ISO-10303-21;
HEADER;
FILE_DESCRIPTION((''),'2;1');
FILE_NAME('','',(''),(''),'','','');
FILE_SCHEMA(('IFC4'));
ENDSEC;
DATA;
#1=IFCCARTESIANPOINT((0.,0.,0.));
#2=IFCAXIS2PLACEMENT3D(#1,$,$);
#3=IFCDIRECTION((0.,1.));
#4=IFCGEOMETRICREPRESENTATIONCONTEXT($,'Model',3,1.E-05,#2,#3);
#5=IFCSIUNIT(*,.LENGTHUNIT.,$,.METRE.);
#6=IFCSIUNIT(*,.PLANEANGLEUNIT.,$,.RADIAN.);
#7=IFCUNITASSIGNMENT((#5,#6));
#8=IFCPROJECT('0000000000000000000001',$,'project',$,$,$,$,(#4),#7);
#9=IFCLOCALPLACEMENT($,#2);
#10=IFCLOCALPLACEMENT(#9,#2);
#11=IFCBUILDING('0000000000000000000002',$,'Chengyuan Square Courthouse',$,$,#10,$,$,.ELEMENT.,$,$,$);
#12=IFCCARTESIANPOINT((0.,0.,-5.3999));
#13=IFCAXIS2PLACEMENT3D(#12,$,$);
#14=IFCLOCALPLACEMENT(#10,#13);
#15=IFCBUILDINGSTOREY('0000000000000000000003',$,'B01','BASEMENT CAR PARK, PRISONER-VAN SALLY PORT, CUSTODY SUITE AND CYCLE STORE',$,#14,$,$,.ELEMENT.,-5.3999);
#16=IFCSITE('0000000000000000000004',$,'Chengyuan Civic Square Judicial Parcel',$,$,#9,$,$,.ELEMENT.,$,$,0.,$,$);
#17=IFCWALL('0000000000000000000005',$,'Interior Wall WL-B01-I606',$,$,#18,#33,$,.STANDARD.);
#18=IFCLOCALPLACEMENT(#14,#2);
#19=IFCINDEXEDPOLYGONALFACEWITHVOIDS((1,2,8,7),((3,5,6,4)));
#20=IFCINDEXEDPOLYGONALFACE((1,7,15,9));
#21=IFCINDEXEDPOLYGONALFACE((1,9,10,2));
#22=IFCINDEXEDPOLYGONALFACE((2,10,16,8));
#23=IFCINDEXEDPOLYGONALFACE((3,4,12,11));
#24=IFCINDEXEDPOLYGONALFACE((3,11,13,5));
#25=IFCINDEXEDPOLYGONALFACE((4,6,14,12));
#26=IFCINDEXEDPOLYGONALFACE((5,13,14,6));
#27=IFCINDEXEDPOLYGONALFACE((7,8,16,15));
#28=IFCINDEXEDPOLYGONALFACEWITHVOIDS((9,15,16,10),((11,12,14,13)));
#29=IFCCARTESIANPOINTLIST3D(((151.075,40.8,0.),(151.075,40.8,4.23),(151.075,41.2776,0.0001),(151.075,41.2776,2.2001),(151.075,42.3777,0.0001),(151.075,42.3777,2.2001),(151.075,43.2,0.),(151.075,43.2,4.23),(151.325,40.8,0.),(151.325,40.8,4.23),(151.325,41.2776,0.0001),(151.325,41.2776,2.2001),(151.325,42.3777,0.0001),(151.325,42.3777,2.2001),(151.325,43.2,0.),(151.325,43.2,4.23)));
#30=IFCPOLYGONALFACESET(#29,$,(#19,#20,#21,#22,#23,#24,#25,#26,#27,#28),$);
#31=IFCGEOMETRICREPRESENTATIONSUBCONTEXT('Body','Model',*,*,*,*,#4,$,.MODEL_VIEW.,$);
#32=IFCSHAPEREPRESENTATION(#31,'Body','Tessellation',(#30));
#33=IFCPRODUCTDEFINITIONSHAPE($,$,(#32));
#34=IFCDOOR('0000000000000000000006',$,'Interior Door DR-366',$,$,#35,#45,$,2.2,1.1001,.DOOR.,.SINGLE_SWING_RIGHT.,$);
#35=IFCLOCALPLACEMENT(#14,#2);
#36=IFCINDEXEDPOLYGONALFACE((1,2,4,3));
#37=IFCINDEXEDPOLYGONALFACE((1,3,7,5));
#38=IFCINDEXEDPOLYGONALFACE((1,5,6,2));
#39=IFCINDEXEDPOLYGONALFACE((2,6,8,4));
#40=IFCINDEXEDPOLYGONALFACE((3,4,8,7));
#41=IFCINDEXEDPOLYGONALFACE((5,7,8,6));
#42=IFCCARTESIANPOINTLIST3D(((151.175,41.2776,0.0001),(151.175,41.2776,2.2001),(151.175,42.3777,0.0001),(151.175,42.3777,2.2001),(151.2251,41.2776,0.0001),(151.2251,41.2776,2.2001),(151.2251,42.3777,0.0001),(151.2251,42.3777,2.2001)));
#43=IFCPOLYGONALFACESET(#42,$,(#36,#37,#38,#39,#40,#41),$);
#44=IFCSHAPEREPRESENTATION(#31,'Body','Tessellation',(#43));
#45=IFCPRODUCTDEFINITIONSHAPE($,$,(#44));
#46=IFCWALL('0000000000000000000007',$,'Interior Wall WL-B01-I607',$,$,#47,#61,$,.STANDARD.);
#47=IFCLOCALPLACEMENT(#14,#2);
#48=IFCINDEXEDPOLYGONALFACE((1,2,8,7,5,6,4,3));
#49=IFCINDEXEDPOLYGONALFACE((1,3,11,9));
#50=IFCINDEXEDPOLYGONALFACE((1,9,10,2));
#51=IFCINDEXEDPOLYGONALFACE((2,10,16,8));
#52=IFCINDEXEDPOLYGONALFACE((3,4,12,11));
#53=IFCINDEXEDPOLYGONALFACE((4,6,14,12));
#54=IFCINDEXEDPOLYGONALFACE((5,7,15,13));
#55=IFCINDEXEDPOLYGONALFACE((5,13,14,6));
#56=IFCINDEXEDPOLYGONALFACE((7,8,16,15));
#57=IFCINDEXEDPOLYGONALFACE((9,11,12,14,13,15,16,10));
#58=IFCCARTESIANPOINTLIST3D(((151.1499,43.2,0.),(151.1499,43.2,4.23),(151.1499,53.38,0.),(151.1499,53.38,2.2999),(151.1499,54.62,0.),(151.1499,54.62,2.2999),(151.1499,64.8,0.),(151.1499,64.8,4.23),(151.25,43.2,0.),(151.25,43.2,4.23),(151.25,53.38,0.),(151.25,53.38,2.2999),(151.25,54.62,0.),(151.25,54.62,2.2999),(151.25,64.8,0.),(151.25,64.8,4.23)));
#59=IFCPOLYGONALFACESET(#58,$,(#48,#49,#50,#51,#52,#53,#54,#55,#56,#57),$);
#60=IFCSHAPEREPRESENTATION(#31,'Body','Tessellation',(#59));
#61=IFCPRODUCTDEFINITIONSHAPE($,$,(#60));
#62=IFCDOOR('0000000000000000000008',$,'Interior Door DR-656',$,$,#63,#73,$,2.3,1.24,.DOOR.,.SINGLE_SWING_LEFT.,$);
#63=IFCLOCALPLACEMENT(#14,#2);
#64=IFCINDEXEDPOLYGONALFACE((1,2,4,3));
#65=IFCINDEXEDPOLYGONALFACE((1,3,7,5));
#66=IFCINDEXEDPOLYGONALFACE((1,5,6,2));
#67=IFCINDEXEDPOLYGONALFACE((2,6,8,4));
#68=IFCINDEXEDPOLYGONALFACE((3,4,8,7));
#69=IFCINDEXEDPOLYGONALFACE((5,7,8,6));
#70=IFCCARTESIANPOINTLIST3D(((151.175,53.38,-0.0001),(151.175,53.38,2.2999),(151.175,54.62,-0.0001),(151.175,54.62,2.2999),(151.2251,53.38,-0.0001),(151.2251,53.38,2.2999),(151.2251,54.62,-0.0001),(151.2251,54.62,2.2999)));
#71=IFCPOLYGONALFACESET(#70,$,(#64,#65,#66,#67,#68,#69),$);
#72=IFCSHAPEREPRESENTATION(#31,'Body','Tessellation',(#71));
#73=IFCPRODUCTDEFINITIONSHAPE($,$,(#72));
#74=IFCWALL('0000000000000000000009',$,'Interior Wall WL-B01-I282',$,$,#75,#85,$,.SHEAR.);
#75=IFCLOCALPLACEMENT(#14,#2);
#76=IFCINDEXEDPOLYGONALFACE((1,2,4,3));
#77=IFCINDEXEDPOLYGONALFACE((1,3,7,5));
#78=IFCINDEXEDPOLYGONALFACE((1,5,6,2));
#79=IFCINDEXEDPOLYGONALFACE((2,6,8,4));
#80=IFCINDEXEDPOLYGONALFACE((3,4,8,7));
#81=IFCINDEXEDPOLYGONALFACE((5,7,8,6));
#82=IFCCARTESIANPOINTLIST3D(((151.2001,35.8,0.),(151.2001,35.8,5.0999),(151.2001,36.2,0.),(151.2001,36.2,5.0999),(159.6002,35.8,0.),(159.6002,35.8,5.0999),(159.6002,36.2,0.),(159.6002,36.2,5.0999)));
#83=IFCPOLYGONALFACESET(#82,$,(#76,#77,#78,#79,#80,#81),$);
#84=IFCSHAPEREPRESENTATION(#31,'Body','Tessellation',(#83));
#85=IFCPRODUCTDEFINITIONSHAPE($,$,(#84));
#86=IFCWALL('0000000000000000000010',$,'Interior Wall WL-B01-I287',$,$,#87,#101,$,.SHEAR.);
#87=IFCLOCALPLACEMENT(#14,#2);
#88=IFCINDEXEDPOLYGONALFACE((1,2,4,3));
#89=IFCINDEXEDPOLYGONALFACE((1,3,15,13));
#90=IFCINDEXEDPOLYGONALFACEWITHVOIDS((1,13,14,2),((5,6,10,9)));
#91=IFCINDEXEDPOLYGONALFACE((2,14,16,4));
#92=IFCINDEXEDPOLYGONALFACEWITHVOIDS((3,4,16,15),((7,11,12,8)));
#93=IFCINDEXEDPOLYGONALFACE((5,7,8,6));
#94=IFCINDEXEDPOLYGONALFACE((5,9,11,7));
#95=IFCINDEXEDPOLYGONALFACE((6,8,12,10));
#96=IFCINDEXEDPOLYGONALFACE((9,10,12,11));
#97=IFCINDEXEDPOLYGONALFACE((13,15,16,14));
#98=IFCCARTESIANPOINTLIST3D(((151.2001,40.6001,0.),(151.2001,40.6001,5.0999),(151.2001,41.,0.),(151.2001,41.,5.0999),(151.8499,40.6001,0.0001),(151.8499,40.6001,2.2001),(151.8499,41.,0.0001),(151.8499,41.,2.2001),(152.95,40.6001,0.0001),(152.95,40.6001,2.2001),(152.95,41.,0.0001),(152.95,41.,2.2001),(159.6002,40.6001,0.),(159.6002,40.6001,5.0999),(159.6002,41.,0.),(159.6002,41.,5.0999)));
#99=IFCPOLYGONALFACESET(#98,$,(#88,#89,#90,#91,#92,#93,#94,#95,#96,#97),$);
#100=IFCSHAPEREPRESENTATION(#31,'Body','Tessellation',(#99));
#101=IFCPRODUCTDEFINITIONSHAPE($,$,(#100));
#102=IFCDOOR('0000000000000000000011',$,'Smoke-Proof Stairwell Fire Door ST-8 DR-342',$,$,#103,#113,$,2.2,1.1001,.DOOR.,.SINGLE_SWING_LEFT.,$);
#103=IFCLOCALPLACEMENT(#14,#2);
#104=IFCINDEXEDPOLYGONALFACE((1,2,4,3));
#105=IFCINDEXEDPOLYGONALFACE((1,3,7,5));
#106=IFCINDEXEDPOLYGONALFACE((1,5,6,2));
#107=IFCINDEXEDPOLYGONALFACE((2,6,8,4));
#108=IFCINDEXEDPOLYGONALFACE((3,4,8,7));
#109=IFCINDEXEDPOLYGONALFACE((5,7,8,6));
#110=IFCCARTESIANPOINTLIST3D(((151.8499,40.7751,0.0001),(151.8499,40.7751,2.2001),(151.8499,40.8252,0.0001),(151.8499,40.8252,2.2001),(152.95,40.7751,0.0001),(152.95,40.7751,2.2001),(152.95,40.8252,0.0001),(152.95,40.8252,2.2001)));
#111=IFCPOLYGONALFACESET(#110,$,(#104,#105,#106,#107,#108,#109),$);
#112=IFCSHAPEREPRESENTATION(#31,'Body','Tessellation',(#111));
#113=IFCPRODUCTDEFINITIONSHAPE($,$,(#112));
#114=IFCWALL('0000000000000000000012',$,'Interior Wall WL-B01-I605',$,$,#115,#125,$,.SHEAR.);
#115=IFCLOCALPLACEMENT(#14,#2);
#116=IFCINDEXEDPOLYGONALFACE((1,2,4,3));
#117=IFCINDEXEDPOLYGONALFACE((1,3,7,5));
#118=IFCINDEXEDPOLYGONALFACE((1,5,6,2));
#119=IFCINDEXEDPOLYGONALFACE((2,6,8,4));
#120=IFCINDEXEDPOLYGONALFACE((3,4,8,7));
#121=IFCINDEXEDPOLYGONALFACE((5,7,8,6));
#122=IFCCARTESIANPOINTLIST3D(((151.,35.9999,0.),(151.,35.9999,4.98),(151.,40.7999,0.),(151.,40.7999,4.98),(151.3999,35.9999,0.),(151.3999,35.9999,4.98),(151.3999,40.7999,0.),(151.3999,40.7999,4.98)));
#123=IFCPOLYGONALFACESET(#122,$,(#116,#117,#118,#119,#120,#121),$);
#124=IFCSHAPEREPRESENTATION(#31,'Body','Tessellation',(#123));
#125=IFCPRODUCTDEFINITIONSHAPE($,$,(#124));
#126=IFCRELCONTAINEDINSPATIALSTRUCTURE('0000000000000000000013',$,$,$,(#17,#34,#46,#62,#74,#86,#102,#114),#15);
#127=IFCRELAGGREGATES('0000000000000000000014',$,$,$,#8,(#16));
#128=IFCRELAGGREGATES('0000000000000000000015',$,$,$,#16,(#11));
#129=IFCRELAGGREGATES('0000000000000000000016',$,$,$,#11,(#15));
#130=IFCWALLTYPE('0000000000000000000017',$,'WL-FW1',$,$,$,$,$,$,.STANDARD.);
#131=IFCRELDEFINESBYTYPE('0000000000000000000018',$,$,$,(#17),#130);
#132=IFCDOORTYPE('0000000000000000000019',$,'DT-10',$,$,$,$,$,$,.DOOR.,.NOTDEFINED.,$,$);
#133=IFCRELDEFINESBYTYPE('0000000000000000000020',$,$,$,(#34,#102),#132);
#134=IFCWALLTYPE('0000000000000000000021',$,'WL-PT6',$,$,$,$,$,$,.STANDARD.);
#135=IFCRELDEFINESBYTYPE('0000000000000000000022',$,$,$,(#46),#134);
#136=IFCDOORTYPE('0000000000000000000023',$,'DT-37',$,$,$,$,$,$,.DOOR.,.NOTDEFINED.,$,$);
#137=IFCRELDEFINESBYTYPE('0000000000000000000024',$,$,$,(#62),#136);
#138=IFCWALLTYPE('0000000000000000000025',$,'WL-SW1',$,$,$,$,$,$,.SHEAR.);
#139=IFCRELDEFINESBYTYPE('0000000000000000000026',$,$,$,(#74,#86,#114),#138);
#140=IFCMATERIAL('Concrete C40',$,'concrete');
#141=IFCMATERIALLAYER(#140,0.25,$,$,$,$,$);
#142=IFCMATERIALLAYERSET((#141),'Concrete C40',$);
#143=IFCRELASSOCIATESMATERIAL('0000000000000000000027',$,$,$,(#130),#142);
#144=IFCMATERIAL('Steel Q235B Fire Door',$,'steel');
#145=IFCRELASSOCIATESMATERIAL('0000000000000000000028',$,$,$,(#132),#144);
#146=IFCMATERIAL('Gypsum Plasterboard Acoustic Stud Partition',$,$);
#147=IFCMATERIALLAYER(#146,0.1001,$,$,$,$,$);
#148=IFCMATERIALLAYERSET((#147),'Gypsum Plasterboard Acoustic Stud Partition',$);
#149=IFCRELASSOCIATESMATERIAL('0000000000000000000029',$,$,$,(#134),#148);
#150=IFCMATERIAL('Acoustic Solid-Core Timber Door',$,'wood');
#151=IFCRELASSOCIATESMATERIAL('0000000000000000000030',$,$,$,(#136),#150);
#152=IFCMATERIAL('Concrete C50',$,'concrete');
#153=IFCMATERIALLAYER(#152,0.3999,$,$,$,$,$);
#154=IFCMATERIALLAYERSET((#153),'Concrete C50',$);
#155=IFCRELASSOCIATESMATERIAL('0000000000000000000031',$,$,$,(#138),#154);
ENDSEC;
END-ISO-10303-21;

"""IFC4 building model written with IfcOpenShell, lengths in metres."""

from ifc_helpers import new_model, si_unit, direction, frame, frame_2d, origin, place, context, subcontext, project, spatial, rectangle, extrude, material, layer, layer_set, type_object, element, fill, save


model = new_model("IFC4")

# Units and contexts
model_context = context("Model", 3, precision=1e-05, world=origin(), true_north=direction((0.0, 1.0)))
body_context = subcontext(model_context, "Body", "Model", "MODEL_VIEW")
ifc_project = project(units=[si_unit("LENGTHUNIT", "METRE"), si_unit("PLANEANGLEUNIT", "RADIAN")], contexts=[model_context])

# Site, building, storey
site_placement = place(None, origin())
site = spatial("IfcSite", under=ifc_project, at=site_placement, Name="Chengyuan Civic Square Judicial Parcel", CompositionType="ELEMENT", RefElevation=0.0)
building_placement = place(site_placement, origin())
building = spatial("IfcBuilding", under=site, at=building_placement, Name="Chengyuan Square Courthouse", CompositionType="ELEMENT")
storey_placement = place(building_placement, frame((0.0, 0.0, -5.3999)))
storey = spatial("IfcBuildingStorey", under=building, at=storey_placement, Name="B01", Description="BASEMENT CAR PARK, PRISONER-VAN SALLY PORT, CUSTODY SUITE AND CYCLE STORE", CompositionType="ELEMENT", Elevation=-5.3999)

# Shared definitions
ifc_material_1 = material(Name="Concrete C50", Category="concrete")

# Shared definitions
ifc_material_2 = material(Name="Concrete C40", Category="concrete")

# Walls, openings, doors
ifc_layer_1 = layer(ifc_material_2, 0.25)
ifc_layer_set_1 = layer_set([ifc_layer_1], Name="Concrete C40")
wall_type_1 = type_object("IfcWallType", Name="WL-FW1", PredefinedType="STANDARD", material=ifc_layer_set_1)
wall_1_placement = place(storey_placement, frame((151.2, 40.8, 0.0), z_axis=(0.0, 0.0, 1.0), x_axis=(0.0, 1.0, 0.0)))
wall_1 = element("IfcWall", 1, at=wall_1_placement, inside=storey, type_object=wall_type_1, Name="Interior Wall WL-B01-I606", PredefinedType="STANDARD", context=body_context, shape_type="SweptSolid", body=[
    extrude(rectangle(XDim=2.3999, YDim=0.25, at=frame_2d((1.2, 0.0))), origin(), (0.0, 0.0, 1.0), 4.23),
])
opening_1_placement = place(wall_1_placement, frame((0.4775, 0.0, 0.0)))
opening_1 = element("IfcOpeningElement", 2, at=opening_1_placement, cuts=wall_1, PredefinedType="OPENING", context=body_context, shape_type="SweptSolid", body=[
    extrude(rectangle(XDim=1.1001, YDim=2.2, at=frame_2d((0.55, 1.1001))), frame((0.0, 0.137, 0.0), z_axis=(0.0, -1.0, 0.0), x_axis=(1.0, 0.0, 0.0)), (0.0, 0.0, 1.0), 0.2739),
])
ifc_material_3 = material(Name="Steel Q235B Fire Door", Category="steel")
door_type_1 = type_object("IfcDoorType", Name="DT-10", OperationType="NOTDEFINED", PredefinedType="DOOR", material=ifc_material_3)
door_1_placement = place(opening_1_placement, origin())
door_1 = element("IfcDoor", 3, at=door_1_placement, inside=storey, type_object=door_type_1, Name="Interior Door DR-366", OperationType="SINGLE_SWING_RIGHT", OverallHeight=2.2, OverallWidth=1.1001, PredefinedType="DOOR", context=body_context, shape_type="SweptSolid", body=[
    extrude(rectangle(XDim=1.1001, YDim=2.2, at=frame_2d((0.55, 1.1001))), frame((0.0, 0.0249, 0.0), z_axis=(0.0, -1.0, 0.0), x_axis=(1.0, 0.0, 0.0)), (0.0, 0.0, 1.0), 0.05),
])
fill(opening_1, door_1)
ifc_material_4 = material(Name="Gypsum Plasterboard Acoustic Stud Partition")
ifc_layer_2 = layer(ifc_material_4, 0.1001)
ifc_layer_set_2 = layer_set([ifc_layer_2], Name="Gypsum Plasterboard Acoustic Stud Partition")
wall_type_2 = type_object("IfcWallType", Name="WL-PT6", PredefinedType="STANDARD", material=ifc_layer_set_2)
wall_2_placement = place(storey_placement, frame((151.2, 43.2, 0.0), z_axis=(0.0, 0.0, 1.0), x_axis=(0.0, 1.0, 0.0)))
wall_2 = element("IfcWall", 4, at=wall_2_placement, inside=storey, type_object=wall_type_2, Name="Interior Wall WL-B01-I607", PredefinedType="STANDARD", context=body_context, shape_type="SweptSolid", body=[
    extrude(rectangle(XDim=21.6001, YDim=0.1001, at=frame_2d((10.8, 0.0))), origin(), (0.0, 0.0, 1.0), 4.23),
])
opening_2_placement = place(wall_2_placement, frame((10.1799, 0.0, 0.0)))
opening_2 = element("IfcOpeningElement", 5, at=opening_2_placement, cuts=wall_2, PredefinedType="OPENING", context=body_context, shape_type="SweptSolid", body=[
    extrude(rectangle(XDim=1.24, YDim=2.3, at=frame_2d((0.6201, 1.1499))), frame((0.0, 0.062, 0.0), z_axis=(0.0, -1.0, 0.0), x_axis=(1.0, 0.0, 0.0)), (0.0, 0.0, 1.0), 0.124),
])
ifc_material_5 = material(Name="Acoustic Solid-Core Timber Door", Category="wood")
door_type_2 = type_object("IfcDoorType", Name="DT-37", OperationType="NOTDEFINED", PredefinedType="DOOR", material=ifc_material_5)
door_2_placement = place(opening_2_placement, origin())
door_2 = element("IfcDoor", 6, at=door_2_placement, inside=storey, type_object=door_type_2, Name="Interior Door DR-656", OperationType="SINGLE_SWING_LEFT", OverallHeight=2.3, OverallWidth=1.24, PredefinedType="DOOR", context=body_context, shape_type="SweptSolid", body=[
    extrude(rectangle(XDim=1.24, YDim=2.3, at=frame_2d((0.6201, 1.1499))), frame((0.0, 0.0249, 0.0), z_axis=(0.0, -1.0, 0.0), x_axis=(1.0, 0.0, 0.0)), (0.0, 0.0, 1.0), 0.05),
])
fill(opening_2, door_2)

# Wall
ifc_layer_3 = layer(ifc_material_1, 0.3999)
ifc_layer_set_3 = layer_set([ifc_layer_3], Name="Concrete C50")
wall_type_3 = type_object("IfcWallType", Name="WL-SW1", PredefinedType="SHEAR", material=ifc_layer_set_3)
wall_3_placement = place(storey_placement, frame((151.2, 36.0, 0.0), z_axis=(0.0, 0.0, 1.0), x_axis=(1.0, 0.0, 0.0)))
element("IfcWall", 7, at=wall_3_placement, inside=storey, type_object=wall_type_3, Name="Interior Wall WL-B01-I282", PredefinedType="SHEAR", context=body_context, shape_type="SweptSolid", body=[
    extrude(rectangle(XDim=8.4001, YDim=0.3999, at=frame_2d((4.2002, 0.0))), origin(), (0.0, 0.0, 1.0), 5.0999),
])

# Wall, opening, door
wall_4_placement = place(storey_placement, frame((151.2, 40.8, 0.0), z_axis=(0.0, 0.0, 1.0), x_axis=(1.0, 0.0, 0.0)))
wall_4 = element("IfcWall", 8, at=wall_4_placement, inside=storey, type_object=wall_type_3, Name="Interior Wall WL-B01-I287", PredefinedType="SHEAR", context=body_context, shape_type="SweptSolid", body=[
    extrude(rectangle(XDim=8.4001, YDim=0.3999, at=frame_2d((4.2002, 0.0))), origin(), (0.0, 0.0, 1.0), 5.0999),
])
opening_3_placement = place(wall_4_placement, frame((0.6499, 0.0, 0.0)))
opening_3 = element("IfcOpeningElement", 9, at=opening_3_placement, cuts=wall_4, PredefinedType="OPENING", context=body_context, shape_type="SweptSolid", body=[
    extrude(rectangle(XDim=1.1001, YDim=2.2, at=frame_2d((0.55, 1.1001))), frame((0.0, 0.2119, 0.0), z_axis=(0.0, -1.0, 0.0), x_axis=(1.0, 0.0, 0.0)), (0.0, 0.0, 1.0), 0.4238),
])
door_3_placement = place(opening_3_placement, frame((1.1001, 0.0, 0.0), z_axis=(0.0, 0.0, 1.0), x_axis=(-1.0, 0.0, 0.0)))
door_3 = element("IfcDoor", 10, at=door_3_placement, inside=storey, type_object=door_type_1, Name="Smoke-Proof Stairwell Fire Door ST-8 DR-342", OperationType="SINGLE_SWING_LEFT", OverallHeight=2.2, OverallWidth=1.1001, PredefinedType="DOOR", context=body_context, shape_type="SweptSolid", body=[
    extrude(rectangle(XDim=1.1001, YDim=2.2, at=frame_2d((0.55, 1.1001))), frame((0.0, 0.0249, 0.0), z_axis=(0.0, -1.0, 0.0), x_axis=(1.0, 0.0, 0.0)), (0.0, 0.0, 1.0), 0.05),
])
fill(opening_3, door_3)

# Wall
wall_5_placement = place(storey_placement, frame((151.2, 36.0, 0.0), z_axis=(0.0, 0.0, 1.0), x_axis=(0.0, 1.0, 0.0)))
element("IfcWall", 11, at=wall_5_placement, inside=storey, type_object=wall_type_3, Name="Interior Wall WL-B01-I605", PredefinedType="SHEAR", context=body_context, shape_type="SweptSolid", body=[
    extrude(rectangle(XDim=4.8, YDim=0.3999, at=frame_2d((2.3999, 0.0))), origin(), (0.0, 0.0, 1.0), 4.98),
])

save(model, "model.ifc")
